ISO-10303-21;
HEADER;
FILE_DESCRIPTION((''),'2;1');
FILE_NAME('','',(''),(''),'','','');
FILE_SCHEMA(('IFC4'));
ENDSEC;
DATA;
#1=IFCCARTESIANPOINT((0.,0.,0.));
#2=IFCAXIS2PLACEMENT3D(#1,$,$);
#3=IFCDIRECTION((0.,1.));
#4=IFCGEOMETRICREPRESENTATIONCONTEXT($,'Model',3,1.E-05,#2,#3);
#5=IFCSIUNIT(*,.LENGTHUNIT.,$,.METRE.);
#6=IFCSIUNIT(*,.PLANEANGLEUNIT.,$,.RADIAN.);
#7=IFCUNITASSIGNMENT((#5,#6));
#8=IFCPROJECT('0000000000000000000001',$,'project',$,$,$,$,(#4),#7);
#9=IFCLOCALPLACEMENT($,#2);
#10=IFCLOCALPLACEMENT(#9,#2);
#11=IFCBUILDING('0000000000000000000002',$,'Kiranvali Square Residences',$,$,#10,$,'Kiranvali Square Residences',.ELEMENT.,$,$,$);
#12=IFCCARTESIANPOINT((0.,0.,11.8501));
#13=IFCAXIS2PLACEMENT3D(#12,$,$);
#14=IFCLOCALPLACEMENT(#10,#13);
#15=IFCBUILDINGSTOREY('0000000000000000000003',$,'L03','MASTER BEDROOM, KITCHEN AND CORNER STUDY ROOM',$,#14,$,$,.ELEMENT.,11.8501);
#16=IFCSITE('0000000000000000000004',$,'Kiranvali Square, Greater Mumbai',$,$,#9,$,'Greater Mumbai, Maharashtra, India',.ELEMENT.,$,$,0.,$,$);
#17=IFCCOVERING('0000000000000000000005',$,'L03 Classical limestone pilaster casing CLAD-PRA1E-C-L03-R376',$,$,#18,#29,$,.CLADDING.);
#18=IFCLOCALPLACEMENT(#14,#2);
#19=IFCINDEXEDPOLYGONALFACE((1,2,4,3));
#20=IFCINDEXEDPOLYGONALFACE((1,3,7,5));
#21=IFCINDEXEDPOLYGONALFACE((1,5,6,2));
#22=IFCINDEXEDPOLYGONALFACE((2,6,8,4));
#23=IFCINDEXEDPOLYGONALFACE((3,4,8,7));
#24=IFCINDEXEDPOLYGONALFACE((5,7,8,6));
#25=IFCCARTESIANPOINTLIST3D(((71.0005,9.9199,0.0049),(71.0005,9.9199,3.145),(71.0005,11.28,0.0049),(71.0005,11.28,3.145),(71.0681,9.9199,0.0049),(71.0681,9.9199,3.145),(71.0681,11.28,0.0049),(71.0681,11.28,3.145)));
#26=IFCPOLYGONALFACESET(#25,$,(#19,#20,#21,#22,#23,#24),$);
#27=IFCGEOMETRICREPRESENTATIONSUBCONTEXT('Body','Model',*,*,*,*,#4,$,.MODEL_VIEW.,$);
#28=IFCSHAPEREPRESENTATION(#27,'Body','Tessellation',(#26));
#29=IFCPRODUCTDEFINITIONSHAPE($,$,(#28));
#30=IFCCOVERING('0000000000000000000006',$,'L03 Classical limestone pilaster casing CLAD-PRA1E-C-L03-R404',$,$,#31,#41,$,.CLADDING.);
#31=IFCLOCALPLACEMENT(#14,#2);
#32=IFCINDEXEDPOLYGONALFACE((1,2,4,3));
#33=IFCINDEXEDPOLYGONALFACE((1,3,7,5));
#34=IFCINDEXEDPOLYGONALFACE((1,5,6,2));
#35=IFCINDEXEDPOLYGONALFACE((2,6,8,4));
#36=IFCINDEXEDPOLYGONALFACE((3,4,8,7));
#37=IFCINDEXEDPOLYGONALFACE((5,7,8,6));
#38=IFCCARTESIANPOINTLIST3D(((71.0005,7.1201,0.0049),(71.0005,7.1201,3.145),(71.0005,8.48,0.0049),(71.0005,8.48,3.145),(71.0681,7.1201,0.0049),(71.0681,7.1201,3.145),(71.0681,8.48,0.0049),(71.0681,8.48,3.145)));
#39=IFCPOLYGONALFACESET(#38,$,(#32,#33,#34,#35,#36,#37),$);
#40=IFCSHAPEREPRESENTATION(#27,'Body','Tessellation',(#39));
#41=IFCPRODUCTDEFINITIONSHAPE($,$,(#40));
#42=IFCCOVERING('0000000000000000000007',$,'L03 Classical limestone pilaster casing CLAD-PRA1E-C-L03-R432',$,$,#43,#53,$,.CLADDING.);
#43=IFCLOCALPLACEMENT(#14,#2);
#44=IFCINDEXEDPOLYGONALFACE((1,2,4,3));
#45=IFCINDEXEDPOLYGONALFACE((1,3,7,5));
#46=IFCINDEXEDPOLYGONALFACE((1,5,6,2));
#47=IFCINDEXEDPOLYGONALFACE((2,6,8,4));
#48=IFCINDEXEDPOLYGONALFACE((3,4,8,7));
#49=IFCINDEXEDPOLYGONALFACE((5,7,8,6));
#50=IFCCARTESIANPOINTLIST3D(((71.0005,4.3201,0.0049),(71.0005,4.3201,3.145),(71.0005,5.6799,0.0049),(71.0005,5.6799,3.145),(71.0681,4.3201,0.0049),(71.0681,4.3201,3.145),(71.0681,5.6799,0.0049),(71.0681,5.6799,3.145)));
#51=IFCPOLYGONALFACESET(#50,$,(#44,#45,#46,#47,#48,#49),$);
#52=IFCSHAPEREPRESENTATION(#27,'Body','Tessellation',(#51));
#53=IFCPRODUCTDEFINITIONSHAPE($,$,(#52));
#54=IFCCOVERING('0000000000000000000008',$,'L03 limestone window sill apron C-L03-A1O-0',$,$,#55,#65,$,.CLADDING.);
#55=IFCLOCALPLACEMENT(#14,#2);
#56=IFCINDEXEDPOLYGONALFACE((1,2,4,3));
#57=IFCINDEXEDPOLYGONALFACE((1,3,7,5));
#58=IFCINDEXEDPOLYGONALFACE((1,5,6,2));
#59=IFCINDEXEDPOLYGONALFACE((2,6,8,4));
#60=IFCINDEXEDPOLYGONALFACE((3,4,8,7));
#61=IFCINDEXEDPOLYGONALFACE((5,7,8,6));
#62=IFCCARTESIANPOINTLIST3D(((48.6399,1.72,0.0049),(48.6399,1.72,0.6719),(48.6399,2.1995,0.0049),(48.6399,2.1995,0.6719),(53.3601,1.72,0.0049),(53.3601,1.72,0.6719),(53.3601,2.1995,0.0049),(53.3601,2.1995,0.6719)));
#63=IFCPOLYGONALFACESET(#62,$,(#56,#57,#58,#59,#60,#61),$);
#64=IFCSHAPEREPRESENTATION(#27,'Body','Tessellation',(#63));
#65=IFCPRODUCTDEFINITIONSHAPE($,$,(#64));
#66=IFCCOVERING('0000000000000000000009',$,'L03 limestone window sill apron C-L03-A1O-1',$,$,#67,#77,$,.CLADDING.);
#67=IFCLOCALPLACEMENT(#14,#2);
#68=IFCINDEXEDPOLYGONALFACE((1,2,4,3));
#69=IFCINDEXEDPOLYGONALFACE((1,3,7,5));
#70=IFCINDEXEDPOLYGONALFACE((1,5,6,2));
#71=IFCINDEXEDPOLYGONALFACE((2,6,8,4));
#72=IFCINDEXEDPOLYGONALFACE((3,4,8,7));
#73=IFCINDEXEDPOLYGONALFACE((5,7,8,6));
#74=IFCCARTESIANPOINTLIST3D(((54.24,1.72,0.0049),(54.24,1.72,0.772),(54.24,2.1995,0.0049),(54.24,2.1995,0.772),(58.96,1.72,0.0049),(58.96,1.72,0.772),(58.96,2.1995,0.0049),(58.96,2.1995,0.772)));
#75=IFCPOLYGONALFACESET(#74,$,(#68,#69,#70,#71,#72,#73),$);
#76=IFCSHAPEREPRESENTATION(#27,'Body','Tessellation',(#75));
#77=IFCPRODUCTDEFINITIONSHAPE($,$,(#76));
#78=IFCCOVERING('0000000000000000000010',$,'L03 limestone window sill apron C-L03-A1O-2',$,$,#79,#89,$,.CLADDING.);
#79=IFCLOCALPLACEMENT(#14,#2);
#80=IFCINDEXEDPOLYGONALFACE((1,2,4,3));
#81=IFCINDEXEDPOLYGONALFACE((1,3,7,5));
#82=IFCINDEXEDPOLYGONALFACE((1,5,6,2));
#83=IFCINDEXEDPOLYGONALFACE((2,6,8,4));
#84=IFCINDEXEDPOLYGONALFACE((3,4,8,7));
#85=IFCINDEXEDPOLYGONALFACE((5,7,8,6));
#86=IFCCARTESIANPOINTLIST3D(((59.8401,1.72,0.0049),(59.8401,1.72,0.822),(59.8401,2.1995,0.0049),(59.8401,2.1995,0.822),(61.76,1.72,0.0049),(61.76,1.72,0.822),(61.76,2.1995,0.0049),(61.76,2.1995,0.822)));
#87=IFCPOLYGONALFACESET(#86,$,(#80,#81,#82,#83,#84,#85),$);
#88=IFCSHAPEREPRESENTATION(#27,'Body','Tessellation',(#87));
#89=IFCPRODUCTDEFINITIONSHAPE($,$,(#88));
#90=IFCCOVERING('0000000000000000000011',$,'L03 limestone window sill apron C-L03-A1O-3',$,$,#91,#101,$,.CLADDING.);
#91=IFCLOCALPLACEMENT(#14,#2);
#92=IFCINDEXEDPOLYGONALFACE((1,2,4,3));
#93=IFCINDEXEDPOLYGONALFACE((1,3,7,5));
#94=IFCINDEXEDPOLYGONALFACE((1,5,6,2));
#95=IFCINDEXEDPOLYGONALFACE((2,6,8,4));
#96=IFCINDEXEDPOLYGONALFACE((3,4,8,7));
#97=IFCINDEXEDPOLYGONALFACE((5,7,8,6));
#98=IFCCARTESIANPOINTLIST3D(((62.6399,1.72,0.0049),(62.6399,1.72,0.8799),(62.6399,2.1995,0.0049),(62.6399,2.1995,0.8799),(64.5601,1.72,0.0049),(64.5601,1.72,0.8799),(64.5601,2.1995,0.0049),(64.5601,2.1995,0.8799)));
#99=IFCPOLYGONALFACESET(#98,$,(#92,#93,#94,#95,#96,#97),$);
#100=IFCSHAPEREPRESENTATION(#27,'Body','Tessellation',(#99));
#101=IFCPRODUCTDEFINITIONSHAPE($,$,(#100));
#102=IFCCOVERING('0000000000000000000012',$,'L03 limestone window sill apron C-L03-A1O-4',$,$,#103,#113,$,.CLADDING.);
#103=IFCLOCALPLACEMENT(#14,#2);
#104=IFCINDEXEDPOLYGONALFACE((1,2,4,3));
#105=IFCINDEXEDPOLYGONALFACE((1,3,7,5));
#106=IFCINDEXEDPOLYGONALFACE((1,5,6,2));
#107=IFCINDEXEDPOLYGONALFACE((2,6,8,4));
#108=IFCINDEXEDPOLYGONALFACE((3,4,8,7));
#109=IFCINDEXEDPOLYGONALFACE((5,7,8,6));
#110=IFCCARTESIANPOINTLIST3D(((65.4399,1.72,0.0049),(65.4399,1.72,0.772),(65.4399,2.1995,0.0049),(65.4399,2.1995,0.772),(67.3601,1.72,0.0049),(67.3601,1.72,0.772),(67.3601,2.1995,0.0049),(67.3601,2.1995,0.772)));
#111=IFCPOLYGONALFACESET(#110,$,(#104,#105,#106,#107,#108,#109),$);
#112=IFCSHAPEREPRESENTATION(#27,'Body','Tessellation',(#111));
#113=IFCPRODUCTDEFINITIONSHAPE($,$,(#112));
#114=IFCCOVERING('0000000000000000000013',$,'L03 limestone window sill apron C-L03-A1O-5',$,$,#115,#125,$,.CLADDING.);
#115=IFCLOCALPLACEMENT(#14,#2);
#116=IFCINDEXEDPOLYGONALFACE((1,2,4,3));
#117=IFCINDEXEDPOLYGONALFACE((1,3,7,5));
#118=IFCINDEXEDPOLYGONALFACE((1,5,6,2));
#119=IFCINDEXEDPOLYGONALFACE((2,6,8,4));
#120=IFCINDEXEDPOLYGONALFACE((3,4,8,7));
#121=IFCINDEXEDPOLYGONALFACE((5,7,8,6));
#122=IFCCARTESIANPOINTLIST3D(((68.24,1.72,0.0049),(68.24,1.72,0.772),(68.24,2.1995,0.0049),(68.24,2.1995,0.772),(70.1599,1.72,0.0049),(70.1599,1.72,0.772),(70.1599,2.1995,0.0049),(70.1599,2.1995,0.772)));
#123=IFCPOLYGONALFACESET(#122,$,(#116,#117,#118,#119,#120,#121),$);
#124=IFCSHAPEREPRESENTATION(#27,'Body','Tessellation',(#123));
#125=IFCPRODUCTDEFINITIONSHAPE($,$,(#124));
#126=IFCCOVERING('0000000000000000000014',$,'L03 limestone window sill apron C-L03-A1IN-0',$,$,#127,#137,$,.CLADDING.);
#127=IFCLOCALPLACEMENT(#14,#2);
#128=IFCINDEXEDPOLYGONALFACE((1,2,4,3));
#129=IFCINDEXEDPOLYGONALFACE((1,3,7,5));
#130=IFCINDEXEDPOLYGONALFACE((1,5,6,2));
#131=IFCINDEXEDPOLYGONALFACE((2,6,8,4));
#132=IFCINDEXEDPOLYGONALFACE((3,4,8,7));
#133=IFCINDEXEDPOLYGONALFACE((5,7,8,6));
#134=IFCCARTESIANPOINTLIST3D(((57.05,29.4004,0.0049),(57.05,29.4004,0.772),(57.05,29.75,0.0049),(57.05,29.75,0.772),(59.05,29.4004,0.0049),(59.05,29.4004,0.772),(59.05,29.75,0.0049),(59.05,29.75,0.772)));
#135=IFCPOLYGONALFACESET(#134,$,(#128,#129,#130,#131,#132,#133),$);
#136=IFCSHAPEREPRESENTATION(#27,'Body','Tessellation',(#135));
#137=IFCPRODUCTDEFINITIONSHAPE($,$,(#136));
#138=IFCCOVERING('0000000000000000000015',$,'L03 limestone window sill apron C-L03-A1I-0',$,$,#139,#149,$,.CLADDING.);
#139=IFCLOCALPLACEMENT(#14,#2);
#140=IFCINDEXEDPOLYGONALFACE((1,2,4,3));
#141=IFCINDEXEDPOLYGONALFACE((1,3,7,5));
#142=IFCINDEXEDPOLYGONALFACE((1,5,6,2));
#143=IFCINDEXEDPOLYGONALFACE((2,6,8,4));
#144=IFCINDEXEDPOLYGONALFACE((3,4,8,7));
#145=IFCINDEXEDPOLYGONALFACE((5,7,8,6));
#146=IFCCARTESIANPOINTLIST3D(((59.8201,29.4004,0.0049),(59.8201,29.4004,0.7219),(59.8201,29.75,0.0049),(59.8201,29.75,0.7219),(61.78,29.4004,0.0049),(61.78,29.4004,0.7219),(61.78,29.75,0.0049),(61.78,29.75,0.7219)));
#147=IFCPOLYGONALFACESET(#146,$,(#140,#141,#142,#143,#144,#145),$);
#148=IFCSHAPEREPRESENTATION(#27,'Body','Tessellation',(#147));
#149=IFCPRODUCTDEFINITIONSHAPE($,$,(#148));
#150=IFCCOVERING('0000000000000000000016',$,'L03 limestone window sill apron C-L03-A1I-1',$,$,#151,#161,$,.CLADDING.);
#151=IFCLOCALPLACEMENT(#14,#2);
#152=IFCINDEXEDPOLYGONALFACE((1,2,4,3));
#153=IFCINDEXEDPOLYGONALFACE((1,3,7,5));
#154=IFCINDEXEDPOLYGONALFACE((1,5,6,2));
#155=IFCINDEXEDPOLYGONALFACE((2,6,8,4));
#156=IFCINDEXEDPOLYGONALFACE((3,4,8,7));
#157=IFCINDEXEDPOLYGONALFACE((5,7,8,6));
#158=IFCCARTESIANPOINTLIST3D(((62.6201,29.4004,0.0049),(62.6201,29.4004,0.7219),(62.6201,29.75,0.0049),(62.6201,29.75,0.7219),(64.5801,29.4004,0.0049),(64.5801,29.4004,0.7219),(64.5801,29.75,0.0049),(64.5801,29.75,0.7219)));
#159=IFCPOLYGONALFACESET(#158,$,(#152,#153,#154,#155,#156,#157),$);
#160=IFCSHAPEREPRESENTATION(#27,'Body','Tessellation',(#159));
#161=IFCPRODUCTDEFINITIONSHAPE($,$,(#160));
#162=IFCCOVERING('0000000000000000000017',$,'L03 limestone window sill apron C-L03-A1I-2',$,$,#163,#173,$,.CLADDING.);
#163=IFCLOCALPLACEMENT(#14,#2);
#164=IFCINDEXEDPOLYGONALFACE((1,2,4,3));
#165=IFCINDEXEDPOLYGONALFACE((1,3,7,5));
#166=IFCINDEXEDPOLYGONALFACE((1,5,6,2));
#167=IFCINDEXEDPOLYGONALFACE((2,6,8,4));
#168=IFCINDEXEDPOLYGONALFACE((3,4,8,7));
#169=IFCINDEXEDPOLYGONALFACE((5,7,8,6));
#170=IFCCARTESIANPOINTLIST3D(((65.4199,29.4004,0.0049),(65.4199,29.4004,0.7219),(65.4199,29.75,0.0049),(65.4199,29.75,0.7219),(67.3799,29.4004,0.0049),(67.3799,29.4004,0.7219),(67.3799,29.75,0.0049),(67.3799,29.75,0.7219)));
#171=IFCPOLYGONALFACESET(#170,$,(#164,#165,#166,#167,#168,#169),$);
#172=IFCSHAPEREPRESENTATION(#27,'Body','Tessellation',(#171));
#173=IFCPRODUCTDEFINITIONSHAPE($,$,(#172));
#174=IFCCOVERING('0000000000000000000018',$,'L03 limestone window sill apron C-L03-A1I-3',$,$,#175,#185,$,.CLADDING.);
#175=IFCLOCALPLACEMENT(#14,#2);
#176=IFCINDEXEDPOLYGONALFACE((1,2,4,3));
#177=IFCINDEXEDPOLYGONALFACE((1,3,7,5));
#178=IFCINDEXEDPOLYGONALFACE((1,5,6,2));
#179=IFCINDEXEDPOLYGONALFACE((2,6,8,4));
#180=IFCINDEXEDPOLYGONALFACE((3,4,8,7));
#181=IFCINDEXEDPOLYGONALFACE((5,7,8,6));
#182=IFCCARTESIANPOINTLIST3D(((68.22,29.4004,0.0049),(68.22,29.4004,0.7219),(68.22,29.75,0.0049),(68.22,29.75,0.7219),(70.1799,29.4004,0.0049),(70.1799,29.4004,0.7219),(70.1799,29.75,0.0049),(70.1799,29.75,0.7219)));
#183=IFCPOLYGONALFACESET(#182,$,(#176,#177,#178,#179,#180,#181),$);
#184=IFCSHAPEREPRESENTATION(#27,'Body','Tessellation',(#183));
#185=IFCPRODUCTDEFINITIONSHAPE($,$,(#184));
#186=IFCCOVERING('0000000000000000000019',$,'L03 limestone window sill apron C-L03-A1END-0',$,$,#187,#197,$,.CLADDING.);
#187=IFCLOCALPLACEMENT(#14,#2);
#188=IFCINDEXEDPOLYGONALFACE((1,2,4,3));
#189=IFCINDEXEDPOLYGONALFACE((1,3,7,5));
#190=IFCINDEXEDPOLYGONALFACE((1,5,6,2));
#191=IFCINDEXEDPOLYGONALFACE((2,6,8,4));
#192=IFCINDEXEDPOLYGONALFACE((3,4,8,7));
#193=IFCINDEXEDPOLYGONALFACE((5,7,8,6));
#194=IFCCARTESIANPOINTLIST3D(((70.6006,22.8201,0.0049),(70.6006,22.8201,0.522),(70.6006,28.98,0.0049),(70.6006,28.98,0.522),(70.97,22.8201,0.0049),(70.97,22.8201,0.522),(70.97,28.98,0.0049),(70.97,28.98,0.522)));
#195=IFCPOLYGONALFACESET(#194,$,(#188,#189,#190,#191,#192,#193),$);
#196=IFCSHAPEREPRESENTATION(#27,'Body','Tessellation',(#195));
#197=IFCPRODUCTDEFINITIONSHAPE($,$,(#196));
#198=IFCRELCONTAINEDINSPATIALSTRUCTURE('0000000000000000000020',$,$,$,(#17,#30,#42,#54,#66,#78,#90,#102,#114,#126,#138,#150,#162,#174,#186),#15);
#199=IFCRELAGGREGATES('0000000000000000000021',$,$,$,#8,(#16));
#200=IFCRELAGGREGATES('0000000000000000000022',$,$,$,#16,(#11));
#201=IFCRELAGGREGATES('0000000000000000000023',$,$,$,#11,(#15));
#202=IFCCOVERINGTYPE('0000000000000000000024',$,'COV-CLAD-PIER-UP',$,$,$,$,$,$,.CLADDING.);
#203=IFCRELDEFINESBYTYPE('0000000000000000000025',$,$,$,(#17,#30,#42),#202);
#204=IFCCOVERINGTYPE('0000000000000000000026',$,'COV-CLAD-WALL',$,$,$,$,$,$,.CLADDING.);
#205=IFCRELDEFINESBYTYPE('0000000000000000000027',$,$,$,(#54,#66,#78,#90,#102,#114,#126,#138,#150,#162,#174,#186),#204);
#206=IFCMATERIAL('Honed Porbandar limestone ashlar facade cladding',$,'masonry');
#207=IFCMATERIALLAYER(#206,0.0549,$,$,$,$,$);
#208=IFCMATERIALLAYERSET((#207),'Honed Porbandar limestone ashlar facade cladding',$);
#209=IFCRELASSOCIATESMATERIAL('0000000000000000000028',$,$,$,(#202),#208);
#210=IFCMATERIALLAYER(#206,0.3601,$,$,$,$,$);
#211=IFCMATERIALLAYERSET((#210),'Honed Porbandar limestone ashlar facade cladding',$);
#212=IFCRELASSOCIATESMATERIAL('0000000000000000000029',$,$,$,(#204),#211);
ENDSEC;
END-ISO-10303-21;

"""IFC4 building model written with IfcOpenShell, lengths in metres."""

from ifc_helpers import new_model, si_unit, direction, frame, origin, place, context, subcontext, project, spatial, polyline, outline, extrude, material, layer, layer_set, type_object, element, save


model = new_model("IFC4")

# Units and contexts
model_context = context("Model", 3, precision=1e-05, world=origin(), true_north=direction((0.0, 1.0)))
body_context = subcontext(model_context, "Body", "Model", "MODEL_VIEW")
ifc_project = project(units=[si_unit("LENGTHUNIT", "METRE"), si_unit("PLANEANGLEUNIT", "RADIAN")], contexts=[model_context])

# Site, building, storey
site_placement = place(None, origin())
site = spatial("IfcSite", under=ifc_project, at=site_placement, Name="Kiranvali Square, Greater Mumbai", LongName="Greater Mumbai, Maharashtra, India", CompositionType="ELEMENT", RefElevation=0.0)
building_placement = place(site_placement, origin())
building = spatial("IfcBuilding", under=site, at=building_placement, Name="Kiranvali Square Residences", LongName="Kiranvali Square Residences", CompositionType="ELEMENT")
storey_placement = place(building_placement, frame((0.0, 0.0, 11.8501)))
storey = spatial("IfcBuildingStorey", under=building, at=storey_placement, Name="L03", Description="MASTER BEDROOM, KITCHEN AND CORNER STUDY ROOM", CompositionType="ELEMENT", Elevation=11.8501)

# Coverings
ifc_material = material(Name="Honed Porbandar limestone ashlar facade cladding", Category="masonry")
ifc_layer_1 = layer(ifc_material, 0.0549)
ifc_layer_set_1 = layer_set([ifc_layer_1], Name="Honed Porbandar limestone ashlar facade cladding")
covering_type_1 = type_object("IfcCoveringType", Name="COV-CLAD-PIER-UP", PredefinedType="CLADDING", material=ifc_layer_set_1)
covering_1_placement = place(storey_placement, frame((0.0, 0.0, 0.0049)))
element("IfcCovering", 1, at=covering_1_placement, inside=storey, type_object=covering_type_1, Name="L03 Classical limestone pilaster casing CLAD-PRA1E-C-L03-R376", PredefinedType="CLADDING", context=body_context, shape_type="SweptSolid", body=[
    extrude(outline(polyline([(71.0005, 11.28), (71.0005, 9.9199), (71.0681, 9.9199), (71.0681, 11.28), (71.0005, 11.28)])), origin(), (0.0, 0.0, 1.0), 3.1401),
])
covering_2_placement = place(storey_placement, frame((0.0, 0.0, 0.0049)))
element("IfcCovering", 2, at=covering_2_placement, inside=storey, type_object=covering_type_1, Name="L03 Classical limestone pilaster casing CLAD-PRA1E-C-L03-R404", PredefinedType="CLADDING", context=body_context, shape_type="SweptSolid", body=[
    extrude(outline(polyline([(71.0005, 8.48), (71.0005, 7.1201), (71.0681, 7.1201), (71.0681, 8.48), (71.0005, 8.48)])), origin(), (0.0, 0.0, 1.0), 3.1401),
])
covering_3_placement = place(storey_placement, frame((0.0, 0.0, 0.0049)))
element("IfcCovering", 3, at=covering_3_placement, inside=storey, type_object=covering_type_1, Name="L03 Classical limestone pilaster casing CLAD-PRA1E-C-L03-R432", PredefinedType="CLADDING", context=body_context, shape_type="SweptSolid", body=[
    extrude(outline(polyline([(71.0005, 5.6799), (71.0005, 4.3201), (71.0681, 4.3201), (71.0681, 5.6799), (71.0005, 5.6799)])), origin(), (0.0, 0.0, 1.0), 3.1401),
])
ifc_layer_2 = layer(ifc_material, 0.3601)
ifc_layer_set_2 = layer_set([ifc_layer_2], Name="Honed Porbandar limestone ashlar facade cladding")
covering_type_2 = type_object("IfcCoveringType", Name="COV-CLAD-WALL", PredefinedType="CLADDING", material=ifc_layer_set_2)
covering_4_placement = place(storey_placement, frame((0.0, 0.0, 0.0049)))
element("IfcCovering", 4, at=covering_4_placement, inside=storey, type_object=covering_type_2, Name="L03 limestone window sill apron C-L03-A1O-0", PredefinedType="CLADDING", context=body_context, shape_type="SweptSolid", body=[
    extrude(outline(polyline([(48.6399, 1.72), (53.3601, 1.72), (53.3601, 2.1995), (48.6399, 2.1995), (48.6399, 1.72)])), origin(), (0.0, 0.0, 1.0), 0.667),
])
covering_5_placement = place(storey_placement, frame((0.0, 0.0, 0.0049)))
element("IfcCovering", 5, at=covering_5_placement, inside=storey, type_object=covering_type_2, Name="L03 limestone window sill apron C-L03-A1O-1", PredefinedType="CLADDING", context=body_context, shape_type="SweptSolid", body=[
    extrude(outline(polyline([(54.24, 1.72), (58.96, 1.72), (58.96, 2.1995), (54.24, 2.1995), (54.24, 1.72)])), origin(), (0.0, 0.0, 1.0), 0.7671),
])
covering_6_placement = place(storey_placement, frame((0.0, 0.0, 0.0049)))
element("IfcCovering", 6, at=covering_6_placement, inside=storey, type_object=covering_type_2, Name="L03 limestone window sill apron C-L03-A1O-2", PredefinedType="CLADDING", context=body_context, shape_type="SweptSolid", body=[
    extrude(outline(polyline([(59.8401, 1.72), (61.76, 1.72), (61.76, 2.1995), (59.8401, 2.1995), (59.8401, 1.72)])), origin(), (0.0, 0.0, 1.0), 0.8171),
])
covering_7_placement = place(storey_placement, frame((0.0, 0.0, 0.0049)))
element("IfcCovering", 7, at=covering_7_placement, inside=storey, type_object=covering_type_2, Name="L03 limestone window sill apron C-L03-A1O-3", PredefinedType="CLADDING", context=body_context, shape_type="SweptSolid", body=[
    extrude(outline(polyline([(62.6399, 1.72), (64.5601, 1.72), (64.5601, 2.1995), (62.6399, 2.1995), (62.6399, 1.72)])), origin(), (0.0, 0.0, 1.0), 0.875),
])
covering_8_placement = place(storey_placement, frame((0.0, 0.0, 0.0049)))
element("IfcCovering", 8, at=covering_8_placement, inside=storey, type_object=covering_type_2, Name="L03 limestone window sill apron C-L03-A1O-4", PredefinedType="CLADDING", context=body_context, shape_type="SweptSolid", body=[
    extrude(outline(polyline([(65.4399, 1.72), (67.3601, 1.72), (67.3601, 2.1995), (65.4399, 2.1995), (65.4399, 1.72)])), origin(), (0.0, 0.0, 1.0), 0.7671),
])
covering_9_placement = place(storey_placement, frame((0.0, 0.0, 0.0049)))
element("IfcCovering", 9, at=covering_9_placement, inside=storey, type_object=covering_type_2, Name="L03 limestone window sill apron C-L03-A1O-5", PredefinedType="CLADDING", context=body_context, shape_type="SweptSolid", body=[
    extrude(outline(polyline([(68.24, 1.72), (70.1599, 1.72), (70.1599, 2.1995), (68.24, 2.1995), (68.24, 1.72)])), origin(), (0.0, 0.0, 1.0), 0.7671),
])
covering_10_placement = place(storey_placement, frame((0.0, 0.0, 0.0049)))
element("IfcCovering", 10, at=covering_10_placement, inside=storey, type_object=covering_type_2, Name="L03 limestone window sill apron C-L03-A1IN-0", PredefinedType="CLADDING", context=body_context, shape_type="SweptSolid", body=[
    extrude(outline(polyline([(57.05, 29.4004), (59.05, 29.4004), (59.05, 29.75), (57.05, 29.75), (57.05, 29.4004)])), origin(), (0.0, 0.0, 1.0), 0.7671),
])
covering_11_placement = place(storey_placement, frame((0.0, 0.0, 0.0049)))
element("IfcCovering", 11, at=covering_11_placement, inside=storey, type_object=covering_type_2, Name="L03 limestone window sill apron C-L03-A1I-0", PredefinedType="CLADDING", context=body_context, shape_type="SweptSolid", body=[
    extrude(outline(polyline([(59.8201, 29.4004), (61.78, 29.4004), (61.78, 29.75), (59.8201, 29.75), (59.8201, 29.4004)])), origin(), (0.0, 0.0, 1.0), 0.717),
])
covering_12_placement = place(storey_placement, frame((0.0, 0.0, 0.0049)))
element("IfcCovering", 12, at=covering_12_placement, inside=storey, type_object=covering_type_2, Name="L03 limestone window sill apron C-L03-A1I-1", PredefinedType="CLADDING", context=body_context, shape_type="SweptSolid", body=[
    extrude(outline(polyline([(62.6201, 29.4004), (64.5801, 29.4004), (64.5801, 29.75), (62.6201, 29.75), (62.6201, 29.4004)])), origin(), (0.0, 0.0, 1.0), 0.717),
])
covering_13_placement = place(storey_placement, frame((0.0, 0.0, 0.0049)))
element("IfcCovering", 13, at=covering_13_placement, inside=storey, type_object=covering_type_2, Name="L03 limestone window sill apron C-L03-A1I-2", PredefinedType="CLADDING", context=body_context, shape_type="SweptSolid", body=[
    extrude(outline(polyline([(65.4199, 29.4004), (67.3799, 29.4004), (67.3799, 29.75), (65.4199, 29.75), (65.4199, 29.4004)])), origin(), (0.0, 0.0, 1.0), 0.717),
])
covering_14_placement = place(storey_placement, frame((0.0, 0.0, 0.0049)))
element("IfcCovering", 14, at=covering_14_placement, inside=storey, type_object=covering_type_2, Name="L03 limestone window sill apron C-L03-A1I-3", PredefinedType="CLADDING", context=body_context, shape_type="SweptSolid", body=[
    extrude(outline(polyline([(68.22, 29.4004), (70.1799, 29.4004), (70.1799, 29.75), (68.22, 29.75), (68.22, 29.4004)])), origin(), (0.0, 0.0, 1.0), 0.717),
])
covering_15_placement = place(storey_placement, frame((0.0, 0.0, 0.0049)))
element("IfcCovering", 15, at=covering_15_placement, inside=storey, type_object=covering_type_2, Name="L03 limestone window sill apron C-L03-A1END-0", PredefinedType="CLADDING", context=body_context, shape_type="SweptSolid", body=[
    extrude(outline(polyline([(70.6006, 28.98), (70.6006, 22.8201), (70.97, 22.8201), (70.97, 28.98), (70.6006, 28.98)])), origin(), (0.0, 0.0, 1.0), 0.5171),
])

save(model, "model.ifc")
